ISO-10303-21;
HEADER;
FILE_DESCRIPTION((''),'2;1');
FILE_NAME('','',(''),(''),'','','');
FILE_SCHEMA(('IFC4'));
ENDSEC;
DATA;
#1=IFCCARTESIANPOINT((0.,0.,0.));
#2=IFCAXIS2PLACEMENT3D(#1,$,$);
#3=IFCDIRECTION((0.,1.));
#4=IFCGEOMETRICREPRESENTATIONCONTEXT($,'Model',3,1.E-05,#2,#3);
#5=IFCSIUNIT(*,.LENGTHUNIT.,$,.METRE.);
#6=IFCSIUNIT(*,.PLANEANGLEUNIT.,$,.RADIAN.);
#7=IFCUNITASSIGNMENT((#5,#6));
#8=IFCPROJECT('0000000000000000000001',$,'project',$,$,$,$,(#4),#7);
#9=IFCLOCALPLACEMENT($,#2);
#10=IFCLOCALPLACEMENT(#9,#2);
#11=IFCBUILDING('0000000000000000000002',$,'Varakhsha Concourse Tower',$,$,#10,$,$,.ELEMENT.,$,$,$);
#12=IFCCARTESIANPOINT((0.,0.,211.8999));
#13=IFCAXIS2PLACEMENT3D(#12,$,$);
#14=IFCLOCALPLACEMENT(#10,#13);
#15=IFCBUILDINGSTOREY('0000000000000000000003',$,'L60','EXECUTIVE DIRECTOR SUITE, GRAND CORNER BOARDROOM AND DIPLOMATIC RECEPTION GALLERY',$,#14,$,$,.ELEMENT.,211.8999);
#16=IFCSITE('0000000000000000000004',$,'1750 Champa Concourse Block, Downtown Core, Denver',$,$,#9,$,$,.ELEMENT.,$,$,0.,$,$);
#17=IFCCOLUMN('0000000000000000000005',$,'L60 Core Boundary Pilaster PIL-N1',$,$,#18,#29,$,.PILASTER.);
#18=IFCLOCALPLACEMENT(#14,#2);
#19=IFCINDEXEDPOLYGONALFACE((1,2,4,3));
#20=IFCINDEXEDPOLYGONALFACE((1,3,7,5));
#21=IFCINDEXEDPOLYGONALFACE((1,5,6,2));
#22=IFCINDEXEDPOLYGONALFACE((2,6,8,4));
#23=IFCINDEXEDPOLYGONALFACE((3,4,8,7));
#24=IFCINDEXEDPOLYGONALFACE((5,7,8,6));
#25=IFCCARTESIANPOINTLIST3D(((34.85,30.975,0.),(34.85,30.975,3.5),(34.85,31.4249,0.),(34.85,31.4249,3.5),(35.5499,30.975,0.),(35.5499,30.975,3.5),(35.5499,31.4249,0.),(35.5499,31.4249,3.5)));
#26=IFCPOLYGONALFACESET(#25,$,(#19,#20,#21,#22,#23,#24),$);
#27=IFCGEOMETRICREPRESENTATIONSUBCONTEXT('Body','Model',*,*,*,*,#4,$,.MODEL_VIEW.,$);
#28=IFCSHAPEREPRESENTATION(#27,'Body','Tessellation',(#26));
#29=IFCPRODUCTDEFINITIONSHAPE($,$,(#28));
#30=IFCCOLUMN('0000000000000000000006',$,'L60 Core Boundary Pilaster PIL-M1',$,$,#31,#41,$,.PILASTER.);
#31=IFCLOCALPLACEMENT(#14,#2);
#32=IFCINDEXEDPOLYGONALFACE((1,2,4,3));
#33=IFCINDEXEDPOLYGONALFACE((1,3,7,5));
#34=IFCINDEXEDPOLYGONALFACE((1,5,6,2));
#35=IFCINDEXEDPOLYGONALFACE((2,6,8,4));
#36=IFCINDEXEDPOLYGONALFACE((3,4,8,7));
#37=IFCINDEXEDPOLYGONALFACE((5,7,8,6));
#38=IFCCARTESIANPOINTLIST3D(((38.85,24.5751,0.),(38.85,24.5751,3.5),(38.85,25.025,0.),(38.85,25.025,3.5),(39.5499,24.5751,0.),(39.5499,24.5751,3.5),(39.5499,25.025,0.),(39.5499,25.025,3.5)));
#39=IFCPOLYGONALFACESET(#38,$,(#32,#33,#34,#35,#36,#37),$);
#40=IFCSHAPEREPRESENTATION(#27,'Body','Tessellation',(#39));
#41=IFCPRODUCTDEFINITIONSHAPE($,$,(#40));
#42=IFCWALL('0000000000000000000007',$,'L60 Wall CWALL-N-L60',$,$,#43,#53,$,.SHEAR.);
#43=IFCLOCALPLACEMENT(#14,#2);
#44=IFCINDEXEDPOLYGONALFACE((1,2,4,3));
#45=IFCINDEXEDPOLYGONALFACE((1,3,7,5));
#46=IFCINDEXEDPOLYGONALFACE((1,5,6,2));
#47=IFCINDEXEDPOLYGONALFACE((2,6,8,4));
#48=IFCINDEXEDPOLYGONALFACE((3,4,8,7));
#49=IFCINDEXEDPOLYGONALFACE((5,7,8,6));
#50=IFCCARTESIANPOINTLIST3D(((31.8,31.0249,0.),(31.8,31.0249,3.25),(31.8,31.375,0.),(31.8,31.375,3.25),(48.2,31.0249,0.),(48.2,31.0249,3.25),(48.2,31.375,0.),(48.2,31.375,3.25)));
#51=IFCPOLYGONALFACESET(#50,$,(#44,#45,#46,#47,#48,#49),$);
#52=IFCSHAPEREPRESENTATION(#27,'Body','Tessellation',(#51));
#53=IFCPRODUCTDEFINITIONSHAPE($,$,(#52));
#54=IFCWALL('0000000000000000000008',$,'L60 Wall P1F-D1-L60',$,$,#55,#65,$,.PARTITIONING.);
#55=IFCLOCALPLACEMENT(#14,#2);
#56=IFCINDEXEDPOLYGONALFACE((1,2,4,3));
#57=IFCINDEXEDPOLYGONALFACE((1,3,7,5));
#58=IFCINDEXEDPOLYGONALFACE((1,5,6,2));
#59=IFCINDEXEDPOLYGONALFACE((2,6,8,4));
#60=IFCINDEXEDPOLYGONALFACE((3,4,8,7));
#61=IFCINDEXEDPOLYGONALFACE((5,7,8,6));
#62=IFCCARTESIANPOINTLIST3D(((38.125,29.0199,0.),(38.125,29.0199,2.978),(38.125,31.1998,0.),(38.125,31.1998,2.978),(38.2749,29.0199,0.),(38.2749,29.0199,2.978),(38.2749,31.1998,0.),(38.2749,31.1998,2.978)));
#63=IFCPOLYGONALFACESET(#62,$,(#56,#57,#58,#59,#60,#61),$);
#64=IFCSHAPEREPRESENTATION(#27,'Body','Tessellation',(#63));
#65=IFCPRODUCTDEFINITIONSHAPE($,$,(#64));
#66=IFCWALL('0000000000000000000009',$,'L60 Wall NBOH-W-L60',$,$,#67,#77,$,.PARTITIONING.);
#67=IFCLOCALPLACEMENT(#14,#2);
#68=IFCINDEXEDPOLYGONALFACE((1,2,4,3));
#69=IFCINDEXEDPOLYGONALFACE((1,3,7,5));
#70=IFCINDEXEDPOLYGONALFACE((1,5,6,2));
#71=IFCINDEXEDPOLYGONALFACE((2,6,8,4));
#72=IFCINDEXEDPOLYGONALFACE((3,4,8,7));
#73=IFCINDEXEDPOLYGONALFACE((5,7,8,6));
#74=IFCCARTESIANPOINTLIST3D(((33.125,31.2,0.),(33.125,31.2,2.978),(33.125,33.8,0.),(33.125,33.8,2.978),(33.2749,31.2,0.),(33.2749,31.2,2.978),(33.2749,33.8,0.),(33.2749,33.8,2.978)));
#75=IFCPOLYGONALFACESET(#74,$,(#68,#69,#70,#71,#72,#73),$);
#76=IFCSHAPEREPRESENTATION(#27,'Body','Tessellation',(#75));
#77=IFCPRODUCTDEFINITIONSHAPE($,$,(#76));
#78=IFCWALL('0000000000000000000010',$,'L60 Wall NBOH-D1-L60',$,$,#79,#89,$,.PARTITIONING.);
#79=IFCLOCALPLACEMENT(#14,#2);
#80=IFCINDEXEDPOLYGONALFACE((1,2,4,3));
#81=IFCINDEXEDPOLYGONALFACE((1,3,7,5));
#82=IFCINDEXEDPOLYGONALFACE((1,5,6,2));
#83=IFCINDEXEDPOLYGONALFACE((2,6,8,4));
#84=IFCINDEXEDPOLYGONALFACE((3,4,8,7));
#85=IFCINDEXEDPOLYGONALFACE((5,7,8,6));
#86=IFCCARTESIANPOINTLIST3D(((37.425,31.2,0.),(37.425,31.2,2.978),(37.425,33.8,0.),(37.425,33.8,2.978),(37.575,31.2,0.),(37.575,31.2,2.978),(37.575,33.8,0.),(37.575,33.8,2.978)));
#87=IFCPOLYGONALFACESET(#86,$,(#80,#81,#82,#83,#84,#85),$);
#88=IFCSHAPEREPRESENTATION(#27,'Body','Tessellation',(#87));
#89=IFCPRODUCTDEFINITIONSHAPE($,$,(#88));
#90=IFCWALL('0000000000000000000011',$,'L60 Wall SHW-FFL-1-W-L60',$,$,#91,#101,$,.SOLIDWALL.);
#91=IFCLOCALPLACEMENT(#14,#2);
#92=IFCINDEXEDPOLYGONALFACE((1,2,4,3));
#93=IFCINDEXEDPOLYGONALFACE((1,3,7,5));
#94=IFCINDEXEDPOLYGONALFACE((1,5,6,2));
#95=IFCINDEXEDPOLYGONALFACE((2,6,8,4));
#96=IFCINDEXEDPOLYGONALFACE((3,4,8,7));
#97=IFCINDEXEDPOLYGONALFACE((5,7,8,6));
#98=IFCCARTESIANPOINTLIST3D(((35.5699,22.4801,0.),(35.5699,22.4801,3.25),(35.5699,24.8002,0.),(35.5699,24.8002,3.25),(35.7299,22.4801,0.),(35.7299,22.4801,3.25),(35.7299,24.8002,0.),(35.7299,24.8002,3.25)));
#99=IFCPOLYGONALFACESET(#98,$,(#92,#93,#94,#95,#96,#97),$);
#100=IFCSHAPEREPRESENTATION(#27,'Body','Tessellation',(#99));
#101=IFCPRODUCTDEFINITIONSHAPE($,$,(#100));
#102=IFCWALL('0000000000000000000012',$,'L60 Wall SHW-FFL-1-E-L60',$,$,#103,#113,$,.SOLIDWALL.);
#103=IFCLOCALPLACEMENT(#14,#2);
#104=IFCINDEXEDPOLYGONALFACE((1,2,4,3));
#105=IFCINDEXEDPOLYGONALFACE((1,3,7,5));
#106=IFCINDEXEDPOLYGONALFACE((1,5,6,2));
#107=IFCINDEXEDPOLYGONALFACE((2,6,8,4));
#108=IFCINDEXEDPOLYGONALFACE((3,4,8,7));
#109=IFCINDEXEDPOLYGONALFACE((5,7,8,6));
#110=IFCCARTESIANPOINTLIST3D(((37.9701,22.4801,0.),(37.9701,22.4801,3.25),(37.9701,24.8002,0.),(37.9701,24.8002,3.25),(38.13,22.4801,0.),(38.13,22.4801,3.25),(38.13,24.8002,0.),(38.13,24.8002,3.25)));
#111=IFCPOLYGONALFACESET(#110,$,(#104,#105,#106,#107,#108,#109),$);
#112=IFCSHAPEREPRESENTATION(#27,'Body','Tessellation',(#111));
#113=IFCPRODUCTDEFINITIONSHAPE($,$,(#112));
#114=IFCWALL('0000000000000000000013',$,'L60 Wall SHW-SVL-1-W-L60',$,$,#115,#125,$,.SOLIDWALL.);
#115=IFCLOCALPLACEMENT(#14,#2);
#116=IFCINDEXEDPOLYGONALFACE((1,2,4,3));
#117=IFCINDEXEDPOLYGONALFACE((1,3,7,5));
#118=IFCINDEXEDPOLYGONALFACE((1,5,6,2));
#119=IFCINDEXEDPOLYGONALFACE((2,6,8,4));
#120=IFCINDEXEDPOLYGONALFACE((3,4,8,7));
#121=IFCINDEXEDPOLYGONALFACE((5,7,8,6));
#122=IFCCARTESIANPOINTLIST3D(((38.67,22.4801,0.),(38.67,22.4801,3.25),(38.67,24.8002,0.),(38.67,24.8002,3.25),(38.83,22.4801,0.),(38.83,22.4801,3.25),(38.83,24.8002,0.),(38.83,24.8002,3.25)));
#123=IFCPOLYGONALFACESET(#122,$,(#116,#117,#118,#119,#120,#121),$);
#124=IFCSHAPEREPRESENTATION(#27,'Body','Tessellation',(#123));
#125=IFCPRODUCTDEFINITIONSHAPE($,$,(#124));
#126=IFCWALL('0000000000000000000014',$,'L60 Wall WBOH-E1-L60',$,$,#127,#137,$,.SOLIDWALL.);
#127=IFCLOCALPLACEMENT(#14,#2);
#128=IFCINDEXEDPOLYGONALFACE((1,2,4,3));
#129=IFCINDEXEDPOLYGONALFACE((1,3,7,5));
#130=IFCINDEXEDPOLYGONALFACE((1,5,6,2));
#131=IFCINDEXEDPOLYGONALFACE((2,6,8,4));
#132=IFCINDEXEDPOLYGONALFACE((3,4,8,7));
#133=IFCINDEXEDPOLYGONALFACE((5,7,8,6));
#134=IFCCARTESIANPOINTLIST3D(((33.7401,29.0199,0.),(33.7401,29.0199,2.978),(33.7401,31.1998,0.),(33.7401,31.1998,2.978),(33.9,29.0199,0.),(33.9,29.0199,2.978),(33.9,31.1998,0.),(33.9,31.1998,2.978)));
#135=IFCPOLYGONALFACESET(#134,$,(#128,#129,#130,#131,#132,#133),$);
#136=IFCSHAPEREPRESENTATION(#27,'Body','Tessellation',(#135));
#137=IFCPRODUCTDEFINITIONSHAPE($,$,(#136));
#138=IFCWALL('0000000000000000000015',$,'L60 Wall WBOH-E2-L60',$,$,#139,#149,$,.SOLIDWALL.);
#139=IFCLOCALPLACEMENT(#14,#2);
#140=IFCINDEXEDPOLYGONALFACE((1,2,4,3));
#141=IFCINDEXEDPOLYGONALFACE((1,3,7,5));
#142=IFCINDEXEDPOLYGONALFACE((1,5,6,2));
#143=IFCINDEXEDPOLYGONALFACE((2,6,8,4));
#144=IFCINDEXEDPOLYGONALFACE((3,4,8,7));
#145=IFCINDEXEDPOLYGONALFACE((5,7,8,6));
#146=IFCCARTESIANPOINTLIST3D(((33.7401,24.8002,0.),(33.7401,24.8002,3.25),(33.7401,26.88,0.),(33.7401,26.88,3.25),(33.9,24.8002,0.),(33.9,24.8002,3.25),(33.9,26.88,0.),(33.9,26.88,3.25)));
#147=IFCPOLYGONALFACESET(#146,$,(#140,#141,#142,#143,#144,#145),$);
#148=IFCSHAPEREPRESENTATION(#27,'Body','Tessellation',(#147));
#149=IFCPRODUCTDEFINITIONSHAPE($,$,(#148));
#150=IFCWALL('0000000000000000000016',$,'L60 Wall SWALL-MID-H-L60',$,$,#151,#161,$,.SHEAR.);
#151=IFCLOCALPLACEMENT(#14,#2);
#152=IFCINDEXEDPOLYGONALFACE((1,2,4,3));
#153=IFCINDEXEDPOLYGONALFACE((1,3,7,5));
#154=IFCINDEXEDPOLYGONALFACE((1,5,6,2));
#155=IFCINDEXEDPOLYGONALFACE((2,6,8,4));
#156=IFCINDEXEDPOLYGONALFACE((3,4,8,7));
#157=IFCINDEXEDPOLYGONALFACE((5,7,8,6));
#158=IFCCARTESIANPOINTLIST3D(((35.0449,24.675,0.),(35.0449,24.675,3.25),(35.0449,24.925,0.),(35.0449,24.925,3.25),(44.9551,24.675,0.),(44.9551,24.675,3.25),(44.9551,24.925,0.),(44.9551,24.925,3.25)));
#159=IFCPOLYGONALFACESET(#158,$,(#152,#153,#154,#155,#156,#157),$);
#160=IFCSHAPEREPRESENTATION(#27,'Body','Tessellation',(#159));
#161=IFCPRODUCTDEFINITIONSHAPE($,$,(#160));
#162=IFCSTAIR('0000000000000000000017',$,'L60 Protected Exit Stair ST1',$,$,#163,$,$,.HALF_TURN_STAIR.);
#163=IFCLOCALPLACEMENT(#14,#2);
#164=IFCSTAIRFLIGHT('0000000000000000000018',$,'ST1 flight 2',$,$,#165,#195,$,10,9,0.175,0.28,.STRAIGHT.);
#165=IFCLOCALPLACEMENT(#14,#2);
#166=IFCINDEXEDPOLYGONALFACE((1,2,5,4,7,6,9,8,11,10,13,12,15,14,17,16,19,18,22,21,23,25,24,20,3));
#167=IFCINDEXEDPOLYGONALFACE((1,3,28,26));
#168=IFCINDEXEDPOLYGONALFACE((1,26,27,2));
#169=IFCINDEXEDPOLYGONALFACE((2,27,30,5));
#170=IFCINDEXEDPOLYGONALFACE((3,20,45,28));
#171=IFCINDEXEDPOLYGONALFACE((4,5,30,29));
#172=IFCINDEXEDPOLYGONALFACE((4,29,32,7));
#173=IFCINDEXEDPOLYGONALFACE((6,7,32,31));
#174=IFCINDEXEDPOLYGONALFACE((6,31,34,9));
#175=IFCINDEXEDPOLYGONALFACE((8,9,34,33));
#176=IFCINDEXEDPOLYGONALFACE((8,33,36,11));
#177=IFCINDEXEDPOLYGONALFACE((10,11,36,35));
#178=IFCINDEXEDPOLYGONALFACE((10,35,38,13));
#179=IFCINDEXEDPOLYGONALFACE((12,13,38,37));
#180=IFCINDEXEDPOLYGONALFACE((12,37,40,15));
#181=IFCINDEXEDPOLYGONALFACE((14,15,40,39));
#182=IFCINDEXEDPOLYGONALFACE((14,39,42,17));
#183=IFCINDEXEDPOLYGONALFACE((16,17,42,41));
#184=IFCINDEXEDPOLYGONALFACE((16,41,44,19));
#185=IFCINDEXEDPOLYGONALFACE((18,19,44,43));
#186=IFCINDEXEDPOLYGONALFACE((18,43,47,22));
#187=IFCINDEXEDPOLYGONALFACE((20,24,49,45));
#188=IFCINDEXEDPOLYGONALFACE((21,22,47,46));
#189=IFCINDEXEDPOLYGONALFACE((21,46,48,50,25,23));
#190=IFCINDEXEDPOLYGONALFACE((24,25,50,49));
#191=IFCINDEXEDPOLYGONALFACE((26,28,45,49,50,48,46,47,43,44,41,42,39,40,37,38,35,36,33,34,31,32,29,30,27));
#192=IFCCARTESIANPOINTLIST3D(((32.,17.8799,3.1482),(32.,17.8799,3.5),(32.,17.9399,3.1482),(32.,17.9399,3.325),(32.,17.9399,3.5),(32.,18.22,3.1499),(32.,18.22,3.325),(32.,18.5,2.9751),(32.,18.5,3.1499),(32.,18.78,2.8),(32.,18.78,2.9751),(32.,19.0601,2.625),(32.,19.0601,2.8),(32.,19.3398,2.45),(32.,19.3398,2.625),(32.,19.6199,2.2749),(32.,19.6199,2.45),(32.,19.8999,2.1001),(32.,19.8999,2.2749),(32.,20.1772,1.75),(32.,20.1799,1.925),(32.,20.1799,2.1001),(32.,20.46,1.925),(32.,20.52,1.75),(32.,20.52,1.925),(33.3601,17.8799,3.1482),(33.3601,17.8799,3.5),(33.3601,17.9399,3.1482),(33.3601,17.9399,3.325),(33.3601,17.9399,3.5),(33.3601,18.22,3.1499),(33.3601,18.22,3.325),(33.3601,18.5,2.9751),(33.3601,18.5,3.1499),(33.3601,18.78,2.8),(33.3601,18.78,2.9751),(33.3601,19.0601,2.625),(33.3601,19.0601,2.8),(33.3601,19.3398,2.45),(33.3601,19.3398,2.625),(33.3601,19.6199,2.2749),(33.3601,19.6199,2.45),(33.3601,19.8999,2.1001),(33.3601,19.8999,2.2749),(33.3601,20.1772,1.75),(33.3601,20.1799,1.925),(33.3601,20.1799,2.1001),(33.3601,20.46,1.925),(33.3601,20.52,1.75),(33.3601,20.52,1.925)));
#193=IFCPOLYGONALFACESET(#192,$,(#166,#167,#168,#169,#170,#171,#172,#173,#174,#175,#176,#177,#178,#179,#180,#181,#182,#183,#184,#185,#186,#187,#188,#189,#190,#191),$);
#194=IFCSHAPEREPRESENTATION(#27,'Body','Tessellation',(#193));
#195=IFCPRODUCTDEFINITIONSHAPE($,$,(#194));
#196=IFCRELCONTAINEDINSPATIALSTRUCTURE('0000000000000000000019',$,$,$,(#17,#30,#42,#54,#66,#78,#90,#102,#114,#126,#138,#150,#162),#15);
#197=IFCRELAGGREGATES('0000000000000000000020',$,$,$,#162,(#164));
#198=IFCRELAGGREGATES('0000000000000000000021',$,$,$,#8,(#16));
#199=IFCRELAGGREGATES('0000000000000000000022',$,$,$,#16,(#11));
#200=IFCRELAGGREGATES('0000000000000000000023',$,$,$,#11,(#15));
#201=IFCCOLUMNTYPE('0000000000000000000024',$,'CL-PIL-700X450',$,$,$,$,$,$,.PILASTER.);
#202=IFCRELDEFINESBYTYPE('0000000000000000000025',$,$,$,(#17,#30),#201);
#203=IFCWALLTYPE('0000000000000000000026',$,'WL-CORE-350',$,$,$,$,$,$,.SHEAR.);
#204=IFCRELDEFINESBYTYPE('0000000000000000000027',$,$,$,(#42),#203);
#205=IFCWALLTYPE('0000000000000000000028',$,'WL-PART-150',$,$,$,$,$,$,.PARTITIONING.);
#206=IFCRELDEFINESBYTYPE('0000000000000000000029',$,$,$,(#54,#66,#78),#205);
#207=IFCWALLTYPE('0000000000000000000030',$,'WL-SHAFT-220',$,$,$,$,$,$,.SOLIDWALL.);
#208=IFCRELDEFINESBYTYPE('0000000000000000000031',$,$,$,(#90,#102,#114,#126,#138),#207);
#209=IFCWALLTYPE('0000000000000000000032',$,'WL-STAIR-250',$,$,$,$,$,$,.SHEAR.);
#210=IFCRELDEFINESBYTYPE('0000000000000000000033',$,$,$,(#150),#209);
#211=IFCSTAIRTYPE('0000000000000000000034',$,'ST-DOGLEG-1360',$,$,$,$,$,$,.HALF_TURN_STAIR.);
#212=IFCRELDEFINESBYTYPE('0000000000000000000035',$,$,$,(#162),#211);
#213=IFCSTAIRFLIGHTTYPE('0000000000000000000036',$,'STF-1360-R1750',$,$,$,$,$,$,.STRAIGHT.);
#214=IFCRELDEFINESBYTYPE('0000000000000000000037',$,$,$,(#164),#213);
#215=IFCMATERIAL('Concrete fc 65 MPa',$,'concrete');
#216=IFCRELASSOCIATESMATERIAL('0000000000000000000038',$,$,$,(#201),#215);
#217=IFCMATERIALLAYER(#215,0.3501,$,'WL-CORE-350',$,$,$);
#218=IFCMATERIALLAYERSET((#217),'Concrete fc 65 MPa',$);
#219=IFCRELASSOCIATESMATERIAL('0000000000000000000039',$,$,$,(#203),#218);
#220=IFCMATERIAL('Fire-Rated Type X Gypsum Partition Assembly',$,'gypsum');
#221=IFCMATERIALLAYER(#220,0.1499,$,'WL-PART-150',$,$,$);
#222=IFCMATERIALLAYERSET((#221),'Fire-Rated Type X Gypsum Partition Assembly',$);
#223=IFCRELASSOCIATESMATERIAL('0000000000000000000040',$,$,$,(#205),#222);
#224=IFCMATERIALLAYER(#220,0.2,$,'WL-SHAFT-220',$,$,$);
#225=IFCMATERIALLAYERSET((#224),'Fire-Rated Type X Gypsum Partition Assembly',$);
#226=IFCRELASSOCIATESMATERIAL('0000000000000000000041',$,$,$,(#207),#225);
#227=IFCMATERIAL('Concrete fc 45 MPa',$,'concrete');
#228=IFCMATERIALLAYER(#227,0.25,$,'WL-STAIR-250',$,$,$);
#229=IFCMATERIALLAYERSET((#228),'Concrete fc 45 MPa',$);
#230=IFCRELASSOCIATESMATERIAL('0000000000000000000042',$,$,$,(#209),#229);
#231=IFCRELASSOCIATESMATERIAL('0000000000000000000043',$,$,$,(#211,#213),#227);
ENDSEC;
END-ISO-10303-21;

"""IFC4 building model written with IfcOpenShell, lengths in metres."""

from ifc_helpers import new_model, si_unit, direction, frame, frame_2d, origin, origin_2d, place, context, subcontext, project, spatial, polyline, rectangle, outline, extrude, material, layer, layer_set, material_profile, profile_set, type_object, element, aggregate, save


model = new_model("IFC4")

# Units and contexts
model_context = context("Model", 3, precision=1e-05, world=origin(), true_north=direction((0.0, 1.0)))
body_context = subcontext(model_context, "Body", "Model", "MODEL_VIEW")
ifc_project = project(units=[si_unit("LENGTHUNIT", "METRE"), si_unit("PLANEANGLEUNIT", "RADIAN")], contexts=[model_context])

# Site, building, storey
site_placement = place(None, origin())
site = spatial("IfcSite", under=ifc_project, at=site_placement, Name="1750 Champa Concourse Block, Downtown Core, Denver", CompositionType="ELEMENT", RefElevation=0.0)
building_placement = place(site_placement, origin())
building = spatial("IfcBuilding", under=site, at=building_placement, Name="Varakhsha Concourse Tower", CompositionType="ELEMENT")
storey_placement = place(building_placement, frame((0.0, 0.0, 211.8999)))
storey = spatial("IfcBuildingStorey", under=building, at=storey_placement, Name="L60", Description="EXECUTIVE DIRECTOR SUITE, GRAND CORNER BOARDROOM AND DIPLOMATIC RECEPTION GALLERY", CompositionType="ELEMENT", Elevation=211.8999)

# Columns
ifc_material_1 = material(Name="Concrete fc 65 MPa", Category="concrete")
ifc_material_profile = material_profile(ifc_material_1, rectangle(XDim=0.7, YDim=0.45, at=origin_2d()), Name="RC 700x450")
ifc_profile_set = profile_set([ifc_material_profile], Name="Concrete fc 65 MPa")
column_type = type_object("IfcColumnType", Name="CL-PIL-700X450", PredefinedType="PILASTER", material=ifc_profile_set)
for number, where, z_axis, x_axis, name in (
    (1, (35.2, 31.2, 0.0), (0.0, 0.0, 1.0), (1.0, 0.0, 0.0), "L60 Core Boundary Pilaster PIL-N1"),
    (2, (39.2, 24.8, 0.0), (0.0, 0.0, 1.0), (1.0, 0.0, 0.0), "L60 Core Boundary Pilaster PIL-M1"),
):
    element("IfcColumn", number, at=place(storey_placement, frame(where, z_axis=z_axis, x_axis=x_axis)), inside=storey, type_object=column_type, Name=name, PredefinedType="PILASTER", context=body_context, shape_type="SweptSolid", body=[
        extrude(rectangle(XDim=0.7, YDim=0.45, at=origin_2d()), origin(), (0.0, 0.0, 1.0), 3.5),
    ])

# Walls
ifc_layer_1 = layer(ifc_material_1, 0.3501, Name="WL-CORE-350")
ifc_layer_set_1 = layer_set([ifc_layer_1], Name="Concrete fc 65 MPa")
wall_type_1 = type_object("IfcWallType", Name="WL-CORE-350", PredefinedType="SHEAR", material=ifc_layer_set_1)
wall_1_placement = place(storey_placement, frame((31.8, 31.2, 0.0), z_axis=(0.0, 0.0, 1.0), x_axis=(1.0, 0.0, 0.0)))
element("IfcWall", 3, at=wall_1_placement, inside=storey, type_object=wall_type_1, Name="L60 Wall CWALL-N-L60", PredefinedType="SHEAR", context=body_context, shape_type="SweptSolid", body=[
    extrude(rectangle(XDim=16.3999, YDim=0.3501, at=frame_2d((8.2, 0.0))), origin(), (0.0, 0.0, 1.0), 3.25),
])
ifc_material_2 = material(Name="Fire-Rated Type X Gypsum Partition Assembly", Category="gypsum")
ifc_layer_2 = layer(ifc_material_2, 0.1499, Name="WL-PART-150")
ifc_layer_set_2 = layer_set([ifc_layer_2], Name="Fire-Rated Type X Gypsum Partition Assembly")
wall_type_2 = type_object("IfcWallType", Name="WL-PART-150", PredefinedType="PARTITIONING", material=ifc_layer_set_2)
wall_2_placement = place(storey_placement, frame((38.2, 29.02, 0.0), z_axis=(0.0, 0.0, 1.0), x_axis=(0.0, 1.0, 0.0)))
element("IfcWall", 4, at=wall_2_placement, inside=storey, type_object=wall_type_2, Name="L60 Wall P1F-D1-L60", PredefinedType="PARTITIONING", context=body_context, shape_type="SweptSolid", body=[
    extrude(rectangle(XDim=2.1799, YDim=0.1499, at=frame_2d((1.0898, 0.0))), origin(), (0.0, 0.0, 1.0), 2.978),
])
for number, where, z_axis, x_axis, name in (
    (5, (33.2, 31.2, 0.0), (0.0, 0.0, 1.0), (0.0, 1.0, 0.0), "L60 Wall NBOH-W-L60"),
    (6, (37.5, 31.2, 0.0), (0.0, 0.0, 1.0), (0.0, 1.0, 0.0), "L60 Wall NBOH-D1-L60"),
):
    element("IfcWall", number, at=place(storey_placement, frame(where, z_axis=z_axis, x_axis=x_axis)), inside=storey, type_object=wall_type_2, Name=name, PredefinedType="PARTITIONING", context=body_context, shape_type="SweptSolid", body=[
        extrude(rectangle(XDim=2.6001, YDim=0.1499, at=frame_2d((1.3, 0.0))), origin(), (0.0, 0.0, 1.0), 2.978),
    ])

# Shared definitions
ifc_layer_3 = layer(ifc_material_2, 0.2, Name="WL-SHAFT-220")
ifc_layer_set_3 = layer_set([ifc_layer_3], Name="Fire-Rated Type X Gypsum Partition Assembly")
wall_type_3 = type_object("IfcWallType", Name="WL-SHAFT-220", PredefinedType="SOLIDWALL", material=ifc_layer_set_3)

# Walls
for number, where, z_axis, x_axis, name in (
    (7, (35.6499, 22.48, 0.0), (0.0, 0.0, 1.0), (0.0, 1.0, 0.0), "L60 Wall SHW-FFL-1-W-L60"),
    (8, (38.05, 22.48, 0.0), (0.0, 0.0, 1.0), (0.0, 1.0, 0.0), "L60 Wall SHW-FFL-1-E-L60"),
    (9, (38.75, 22.48, 0.0), (0.0, 0.0, 1.0), (0.0, 1.0, 0.0), "L60 Wall SHW-SVL-1-W-L60"),
):
    element("IfcWall", number, at=place(storey_placement, frame(where, z_axis=z_axis, x_axis=x_axis)), inside=storey, type_object=wall_type_3, Name=name, PredefinedType="SOLIDWALL", context=body_context, shape_type="SweptSolid", body=[
        extrude(rectangle(XDim=2.3201, YDim=0.1599, at=frame_2d((1.1602, 0.0))), origin(), (0.0, 0.0, 1.0), 3.25),
    ])

# Walls
wall_3_placement = place(storey_placement, frame((33.8201, 29.02, 0.0), z_axis=(0.0, 0.0, 1.0), x_axis=(0.0, 1.0, 0.0)))
element("IfcWall", 10, at=wall_3_placement, inside=storey, type_object=wall_type_3, Name="L60 Wall WBOH-E1-L60", PredefinedType="SOLIDWALL", context=body_context, shape_type="SweptSolid", body=[
    extrude(rectangle(XDim=2.1799, YDim=0.1599, at=frame_2d((1.0898, 0.0))), origin(), (0.0, 0.0, 1.0), 2.978),
])
wall_4_placement = place(storey_placement, frame((33.8201, 24.8, 0.0), z_axis=(0.0, 0.0, 1.0), x_axis=(0.0, 1.0, 0.0)))
element("IfcWall", 11, at=wall_4_placement, inside=storey, type_object=wall_type_3, Name="L60 Wall WBOH-E2-L60", PredefinedType="SOLIDWALL", context=body_context, shape_type="SweptSolid", body=[
    extrude(rectangle(XDim=2.0798, YDim=0.1599, at=frame_2d((1.04, 0.0))), origin(), (0.0, 0.0, 1.0), 3.25),
])
ifc_material_3 = material(Name="Concrete fc 45 MPa", Category="concrete")
ifc_layer_4 = layer(ifc_material_3, 0.25, Name="WL-STAIR-250")
ifc_layer_set_4 = layer_set([ifc_layer_4], Name="Concrete fc 45 MPa")
wall_type_4 = type_object("IfcWallType", Name="WL-STAIR-250", PredefinedType="SHEAR", material=ifc_layer_set_4)
wall_5_placement = place(storey_placement, frame((35.0449, 24.8, 0.0), z_axis=(0.0, 0.0, 1.0), x_axis=(1.0, 0.0, 0.0)))
element("IfcWall", 12, at=wall_5_placement, inside=storey, type_object=wall_type_4, Name="L60 Wall SWALL-MID-H-L60", PredefinedType="SHEAR", context=body_context, shape_type="SweptSolid", body=[
    extrude(rectangle(XDim=9.9102, YDim=0.25, at=frame_2d((4.9551, 0.0))), origin(), (0.0, 0.0, 1.0), 3.25),
])

# Stair, stair flight
stair_type = type_object("IfcStairType", Name="ST-DOGLEG-1360", PredefinedType="HALF_TURN_STAIR", material=ifc_material_3)
stair_placement = place(storey_placement, origin())
stair = element("IfcStair", 13, at=stair_placement, inside=storey, type_object=stair_type, Name="L60 Protected Exit Stair ST1", PredefinedType="HALF_TURN_STAIR")
stair_flight_type = type_object("IfcStairFlightType", Name="STF-1360-R1750", PredefinedType="STRAIGHT", material=ifc_material_3)
stair_flight_placement = place(storey_placement, frame((32.6799, 20.46, 1.75), z_axis=(0.0, 0.0, 1.0), x_axis=(0.0, -1.0, 0.0)))
stair_flight = element("IfcStairFlight", 14, at=stair_flight_placement, type_object=stair_flight_type, Name="ST1 flight 2", NumberOfRisers=10, NumberOfTreads=9, PredefinedType="STRAIGHT", RiserHeight=0.175, TreadLength=0.28, context=body_context, shape_type="SweptSolid", body=[
    extrude(outline(polyline([(-0.0601, 0.0), (-0.0601, 0.175), (0.0, 0.175), (0.28, 0.175), (0.28, 0.3501), (0.5601, 0.3501), (0.5601, 0.5249), (0.8401, 0.5249), (0.8401, 0.7), (1.1201, 0.7), (1.1201, 0.875), (1.3999, 0.875), (1.3999, 1.05), (1.6799, 1.05), (1.6799, 1.2251), (1.96, 1.2251), (1.96, 1.3999), (2.24, 1.3999), (2.24, 1.575), (2.52, 1.575), (2.52, 1.75), (2.5801, 1.75), (2.5801, 1.3982), (2.52, 1.3982), (0.2827, 0.0), (-0.0601, 0.0)])), frame((0.0, 0.6802, 0.0), z_axis=(0.0, -1.0, 0.0), x_axis=(1.0, 0.0, 0.0)), (0.0, 0.0, 1.0), 1.3601),
])
aggregate(stair, [stair_flight])

save(model, "model.ifc")
